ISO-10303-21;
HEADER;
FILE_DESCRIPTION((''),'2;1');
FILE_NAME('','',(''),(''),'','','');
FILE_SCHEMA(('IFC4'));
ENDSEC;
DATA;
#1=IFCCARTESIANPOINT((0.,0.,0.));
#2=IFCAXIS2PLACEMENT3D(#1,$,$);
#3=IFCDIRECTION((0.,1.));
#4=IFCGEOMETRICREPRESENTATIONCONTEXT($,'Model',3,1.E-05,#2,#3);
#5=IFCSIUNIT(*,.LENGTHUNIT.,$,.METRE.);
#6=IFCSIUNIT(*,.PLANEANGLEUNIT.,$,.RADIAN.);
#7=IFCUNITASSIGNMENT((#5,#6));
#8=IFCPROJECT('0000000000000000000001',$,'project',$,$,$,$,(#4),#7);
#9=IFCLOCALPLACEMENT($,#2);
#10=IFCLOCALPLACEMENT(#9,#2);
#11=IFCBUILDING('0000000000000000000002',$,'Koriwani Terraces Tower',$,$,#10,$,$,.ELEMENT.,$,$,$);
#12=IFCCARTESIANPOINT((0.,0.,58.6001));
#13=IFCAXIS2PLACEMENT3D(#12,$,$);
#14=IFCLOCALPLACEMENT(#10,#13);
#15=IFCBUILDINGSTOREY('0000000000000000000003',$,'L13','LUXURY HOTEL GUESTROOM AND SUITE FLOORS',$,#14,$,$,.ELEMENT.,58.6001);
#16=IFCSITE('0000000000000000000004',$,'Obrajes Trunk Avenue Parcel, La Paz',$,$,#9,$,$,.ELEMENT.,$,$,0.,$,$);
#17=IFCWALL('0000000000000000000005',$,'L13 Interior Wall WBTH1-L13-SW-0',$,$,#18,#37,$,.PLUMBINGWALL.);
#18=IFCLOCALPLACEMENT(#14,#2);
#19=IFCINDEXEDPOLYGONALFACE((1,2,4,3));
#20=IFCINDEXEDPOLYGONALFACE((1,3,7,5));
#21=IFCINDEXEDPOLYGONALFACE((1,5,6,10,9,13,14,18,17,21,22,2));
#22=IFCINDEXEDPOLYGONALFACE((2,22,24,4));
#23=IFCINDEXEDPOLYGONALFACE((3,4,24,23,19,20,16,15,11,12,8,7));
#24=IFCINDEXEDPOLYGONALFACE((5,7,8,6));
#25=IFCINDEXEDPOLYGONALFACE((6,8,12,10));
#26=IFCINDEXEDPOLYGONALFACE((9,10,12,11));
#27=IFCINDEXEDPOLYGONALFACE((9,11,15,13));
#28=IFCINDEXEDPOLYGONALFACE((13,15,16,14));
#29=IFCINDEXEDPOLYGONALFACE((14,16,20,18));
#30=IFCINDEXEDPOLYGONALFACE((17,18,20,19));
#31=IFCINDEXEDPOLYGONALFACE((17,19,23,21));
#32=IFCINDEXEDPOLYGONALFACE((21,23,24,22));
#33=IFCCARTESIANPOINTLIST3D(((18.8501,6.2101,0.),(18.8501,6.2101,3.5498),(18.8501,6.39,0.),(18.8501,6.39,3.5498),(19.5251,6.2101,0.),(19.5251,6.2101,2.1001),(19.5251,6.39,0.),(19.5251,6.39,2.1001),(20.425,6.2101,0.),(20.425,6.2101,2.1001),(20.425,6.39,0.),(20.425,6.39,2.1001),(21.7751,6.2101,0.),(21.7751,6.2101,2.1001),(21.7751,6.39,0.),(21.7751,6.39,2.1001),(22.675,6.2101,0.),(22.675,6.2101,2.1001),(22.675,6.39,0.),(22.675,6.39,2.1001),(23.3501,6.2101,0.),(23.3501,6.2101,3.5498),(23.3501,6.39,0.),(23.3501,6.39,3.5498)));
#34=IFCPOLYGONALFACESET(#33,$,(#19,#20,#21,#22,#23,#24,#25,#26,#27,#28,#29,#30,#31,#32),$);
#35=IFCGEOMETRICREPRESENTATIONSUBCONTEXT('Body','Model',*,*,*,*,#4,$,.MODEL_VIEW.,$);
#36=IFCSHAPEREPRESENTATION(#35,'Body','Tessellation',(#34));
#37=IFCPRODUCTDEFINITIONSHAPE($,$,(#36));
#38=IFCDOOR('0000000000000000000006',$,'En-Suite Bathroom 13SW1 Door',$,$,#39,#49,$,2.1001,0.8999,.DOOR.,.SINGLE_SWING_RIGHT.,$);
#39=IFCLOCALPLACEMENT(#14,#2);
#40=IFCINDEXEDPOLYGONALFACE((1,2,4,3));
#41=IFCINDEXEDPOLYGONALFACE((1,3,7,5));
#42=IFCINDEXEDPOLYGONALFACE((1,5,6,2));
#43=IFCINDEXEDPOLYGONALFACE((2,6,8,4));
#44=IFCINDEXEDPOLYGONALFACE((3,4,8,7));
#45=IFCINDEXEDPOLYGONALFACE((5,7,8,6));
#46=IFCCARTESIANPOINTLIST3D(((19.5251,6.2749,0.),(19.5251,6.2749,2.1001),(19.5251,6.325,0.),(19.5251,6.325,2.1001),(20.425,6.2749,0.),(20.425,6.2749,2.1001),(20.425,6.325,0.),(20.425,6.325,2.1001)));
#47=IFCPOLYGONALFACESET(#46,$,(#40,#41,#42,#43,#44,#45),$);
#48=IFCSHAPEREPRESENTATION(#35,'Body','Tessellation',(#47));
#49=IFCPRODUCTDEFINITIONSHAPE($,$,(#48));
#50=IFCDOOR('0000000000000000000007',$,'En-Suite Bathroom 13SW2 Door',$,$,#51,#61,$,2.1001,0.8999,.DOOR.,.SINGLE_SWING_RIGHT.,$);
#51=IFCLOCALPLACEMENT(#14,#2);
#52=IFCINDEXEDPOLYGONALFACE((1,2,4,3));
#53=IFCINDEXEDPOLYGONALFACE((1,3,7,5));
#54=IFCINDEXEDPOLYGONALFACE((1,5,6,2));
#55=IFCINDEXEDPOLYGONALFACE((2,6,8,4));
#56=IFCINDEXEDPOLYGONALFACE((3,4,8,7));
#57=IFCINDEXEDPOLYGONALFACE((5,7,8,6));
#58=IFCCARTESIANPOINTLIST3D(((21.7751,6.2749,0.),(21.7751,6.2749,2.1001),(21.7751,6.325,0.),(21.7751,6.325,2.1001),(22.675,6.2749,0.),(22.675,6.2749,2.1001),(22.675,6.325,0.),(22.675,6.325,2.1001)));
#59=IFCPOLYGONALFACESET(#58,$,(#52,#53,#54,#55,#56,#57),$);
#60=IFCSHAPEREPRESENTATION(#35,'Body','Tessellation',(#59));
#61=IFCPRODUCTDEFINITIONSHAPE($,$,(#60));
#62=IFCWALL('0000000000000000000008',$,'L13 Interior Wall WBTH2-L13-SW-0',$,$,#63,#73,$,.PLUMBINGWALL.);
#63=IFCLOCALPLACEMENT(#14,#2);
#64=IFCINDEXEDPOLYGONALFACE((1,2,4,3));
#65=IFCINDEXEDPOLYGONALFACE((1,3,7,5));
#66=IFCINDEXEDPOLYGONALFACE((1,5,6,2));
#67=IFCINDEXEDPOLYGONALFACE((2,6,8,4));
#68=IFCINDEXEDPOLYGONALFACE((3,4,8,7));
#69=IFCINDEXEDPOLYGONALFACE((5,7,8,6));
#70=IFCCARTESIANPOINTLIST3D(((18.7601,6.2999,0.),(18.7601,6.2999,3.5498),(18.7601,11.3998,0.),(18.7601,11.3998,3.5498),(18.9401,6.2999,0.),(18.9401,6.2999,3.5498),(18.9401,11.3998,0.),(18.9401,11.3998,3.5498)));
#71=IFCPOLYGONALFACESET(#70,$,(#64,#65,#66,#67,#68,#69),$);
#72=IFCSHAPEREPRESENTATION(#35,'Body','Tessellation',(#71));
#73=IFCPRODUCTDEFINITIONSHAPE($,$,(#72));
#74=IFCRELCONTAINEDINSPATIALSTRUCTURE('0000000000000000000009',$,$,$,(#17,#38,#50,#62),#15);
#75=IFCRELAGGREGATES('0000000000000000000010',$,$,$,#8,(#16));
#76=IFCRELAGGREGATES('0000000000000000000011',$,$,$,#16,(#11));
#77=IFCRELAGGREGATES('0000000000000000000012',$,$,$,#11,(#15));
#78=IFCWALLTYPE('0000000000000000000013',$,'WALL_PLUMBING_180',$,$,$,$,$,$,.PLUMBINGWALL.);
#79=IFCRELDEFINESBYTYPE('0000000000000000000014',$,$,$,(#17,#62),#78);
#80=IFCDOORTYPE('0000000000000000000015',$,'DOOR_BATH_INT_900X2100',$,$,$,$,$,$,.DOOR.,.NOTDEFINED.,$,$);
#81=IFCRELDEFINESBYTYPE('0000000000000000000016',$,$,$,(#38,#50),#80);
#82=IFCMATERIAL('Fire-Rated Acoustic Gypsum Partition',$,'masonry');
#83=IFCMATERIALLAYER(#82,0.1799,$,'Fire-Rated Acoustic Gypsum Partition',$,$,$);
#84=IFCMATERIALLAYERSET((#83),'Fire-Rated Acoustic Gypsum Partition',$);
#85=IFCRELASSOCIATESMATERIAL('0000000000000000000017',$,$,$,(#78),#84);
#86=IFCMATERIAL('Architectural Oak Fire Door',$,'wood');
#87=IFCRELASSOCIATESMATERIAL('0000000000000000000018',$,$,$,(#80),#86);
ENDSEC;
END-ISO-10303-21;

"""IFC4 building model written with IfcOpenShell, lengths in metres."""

from ifc_helpers import new_model, si_unit, direction, frame, frame_2d, origin, place, context, subcontext, project, spatial, rectangle, extrude, material, layer, layer_set, type_object, element, fill, save


model = new_model("IFC4")

# Units and contexts
model_context = context("Model", 3, precision=1e-05, world=origin(), true_north=direction((0.0, 1.0)))
body_context = subcontext(model_context, "Body", "Model", "MODEL_VIEW")
ifc_project = project(units=[si_unit("LENGTHUNIT", "METRE"), si_unit("PLANEANGLEUNIT", "RADIAN")], contexts=[model_context])

# Site, building, storey
site_placement = place(None, origin())
site = spatial("IfcSite", under=ifc_project, at=site_placement, Name="Obrajes Trunk Avenue Parcel, La Paz", CompositionType="ELEMENT", RefElevation=0.0)
building_placement = place(site_placement, origin())
building = spatial("IfcBuilding", under=site, at=building_placement, Name="Koriwani Terraces Tower", CompositionType="ELEMENT")
storey_placement = place(building_placement, frame((0.0, 0.0, 58.6001)))
storey = spatial("IfcBuildingStorey", under=building, at=storey_placement, Name="L13", Description="LUXURY HOTEL GUESTROOM AND SUITE FLOORS", CompositionType="ELEMENT", Elevation=58.6001)

# Wall, openings, doors
ifc_material_1 = material(Name="Fire-Rated Acoustic Gypsum Partition", Category="masonry")
ifc_layer_1 = layer(ifc_material_1, 0.1799, Name="Fire-Rated Acoustic Gypsum Partition")
ifc_layer_set_1 = layer_set([ifc_layer_1], Name="Fire-Rated Acoustic Gypsum Partition")
wall_type_1 = type_object("IfcWallType", Name="WALL_PLUMBING_180", PredefinedType="PLUMBINGWALL", material=ifc_layer_set_1)
wall_1_placement = place(storey_placement, frame((18.8501, 6.3, 0.0), z_axis=(0.0, 0.0, 1.0), x_axis=(1.0, 0.0, 0.0)))
wall_1 = element("IfcWall", 1, at=wall_1_placement, inside=storey, type_object=wall_type_1, Name="L13 Interior Wall WBTH1-L13-SW-0", PredefinedType="PLUMBINGWALL", context=body_context, shape_type="SweptSolid", body=[
    extrude(rectangle(XDim=4.5, YDim=0.1799, at=frame_2d((2.25, 0.0))), origin(), (0.0, 0.0, 1.0), 3.5498),
])
opening_1_placement = place(wall_1_placement, frame((0.675, 0.0, 0.0)))
opening_1 = element("IfcOpeningElement", 2, at=opening_1_placement, cuts=wall_1, PredefinedType="OPENING", context=body_context, shape_type="SweptSolid", body=[
    extrude(rectangle(XDim=0.8999, YDim=2.1001, at=frame_2d((0.45, 1.05))), frame((0.0, 0.1001, 0.0), z_axis=(0.0, -1.0, 0.0), x_axis=(1.0, 0.0, 0.0)), (0.0, 0.0, 1.0), 0.2),
])
opening_2_placement = place(wall_1_placement, frame((2.925, 0.0, 0.0)))
opening_2 = element("IfcOpeningElement", 3, at=opening_2_placement, cuts=wall_1, PredefinedType="OPENING", context=body_context, shape_type="SweptSolid", body=[
    extrude(rectangle(XDim=0.8999, YDim=2.1001, at=frame_2d((0.45, 1.05))), frame((0.0, 0.1001, 0.0), z_axis=(0.0, -1.0, 0.0), x_axis=(1.0, 0.0, 0.0)), (0.0, 0.0, 1.0), 0.2),
])
ifc_material_2 = material(Name="Architectural Oak Fire Door", Category="wood")
door_type_1 = type_object("IfcDoorType", Name="DOOR_BATH_INT_900X2100", OperationType="NOTDEFINED", PredefinedType="DOOR", material=ifc_material_2)
door_1_placement = place(opening_1_placement, origin())
door_1 = element("IfcDoor", 4, at=door_1_placement, inside=storey, type_object=door_type_1, Name="En-Suite Bathroom 13SW1 Door", OperationType="SINGLE_SWING_RIGHT", OverallHeight=2.1001, OverallWidth=0.8999, PredefinedType="DOOR", context=body_context, shape_type="SweptSolid", body=[
    extrude(rectangle(XDim=0.8999, YDim=2.1001, at=frame_2d((0.45, 1.05))), frame((0.0, 0.0249, 0.0), z_axis=(0.0, -1.0, 0.0), x_axis=(1.0, 0.0, 0.0)), (0.0, 0.0, 1.0), 0.05),
])
fill(opening_1, door_1)
door_2_placement = place(opening_2_placement, origin())
door_2 = element("IfcDoor", 5, at=door_2_placement, inside=storey, type_object=door_type_1, Name="En-Suite Bathroom 13SW2 Door", OperationType="SINGLE_SWING_RIGHT", OverallHeight=2.1001, OverallWidth=0.8999, PredefinedType="DOOR", context=body_context, shape_type="SweptSolid", body=[
    extrude(rectangle(XDim=0.8999, YDim=2.1001, at=frame_2d((0.45, 1.05))), frame((0.0, 0.0249, 0.0), z_axis=(0.0, -1.0, 0.0), x_axis=(1.0, 0.0, 0.0)), (0.0, 0.0, 1.0), 0.05),
])
fill(opening_2, door_2)

# Wall
wall_2_placement = place(storey_placement, frame((18.8501, 6.3, 0.0), z_axis=(0.0, 0.0, 1.0), x_axis=(0.0, 1.0, 0.0)))
element("IfcWall", 6, at=wall_2_placement, inside=storey, type_object=wall_type_1, Name="L13 Interior Wall WBTH2-L13-SW-0", PredefinedType="PLUMBINGWALL", context=body_context, shape_type="SweptSolid", body=[
    extrude(rectangle(XDim=5.0999, YDim=0.1799, at=frame_2d((2.5498, 0.0))), origin(), (0.0, 0.0, 1.0), 3.5498),
])

save(model, "model.ifc")
